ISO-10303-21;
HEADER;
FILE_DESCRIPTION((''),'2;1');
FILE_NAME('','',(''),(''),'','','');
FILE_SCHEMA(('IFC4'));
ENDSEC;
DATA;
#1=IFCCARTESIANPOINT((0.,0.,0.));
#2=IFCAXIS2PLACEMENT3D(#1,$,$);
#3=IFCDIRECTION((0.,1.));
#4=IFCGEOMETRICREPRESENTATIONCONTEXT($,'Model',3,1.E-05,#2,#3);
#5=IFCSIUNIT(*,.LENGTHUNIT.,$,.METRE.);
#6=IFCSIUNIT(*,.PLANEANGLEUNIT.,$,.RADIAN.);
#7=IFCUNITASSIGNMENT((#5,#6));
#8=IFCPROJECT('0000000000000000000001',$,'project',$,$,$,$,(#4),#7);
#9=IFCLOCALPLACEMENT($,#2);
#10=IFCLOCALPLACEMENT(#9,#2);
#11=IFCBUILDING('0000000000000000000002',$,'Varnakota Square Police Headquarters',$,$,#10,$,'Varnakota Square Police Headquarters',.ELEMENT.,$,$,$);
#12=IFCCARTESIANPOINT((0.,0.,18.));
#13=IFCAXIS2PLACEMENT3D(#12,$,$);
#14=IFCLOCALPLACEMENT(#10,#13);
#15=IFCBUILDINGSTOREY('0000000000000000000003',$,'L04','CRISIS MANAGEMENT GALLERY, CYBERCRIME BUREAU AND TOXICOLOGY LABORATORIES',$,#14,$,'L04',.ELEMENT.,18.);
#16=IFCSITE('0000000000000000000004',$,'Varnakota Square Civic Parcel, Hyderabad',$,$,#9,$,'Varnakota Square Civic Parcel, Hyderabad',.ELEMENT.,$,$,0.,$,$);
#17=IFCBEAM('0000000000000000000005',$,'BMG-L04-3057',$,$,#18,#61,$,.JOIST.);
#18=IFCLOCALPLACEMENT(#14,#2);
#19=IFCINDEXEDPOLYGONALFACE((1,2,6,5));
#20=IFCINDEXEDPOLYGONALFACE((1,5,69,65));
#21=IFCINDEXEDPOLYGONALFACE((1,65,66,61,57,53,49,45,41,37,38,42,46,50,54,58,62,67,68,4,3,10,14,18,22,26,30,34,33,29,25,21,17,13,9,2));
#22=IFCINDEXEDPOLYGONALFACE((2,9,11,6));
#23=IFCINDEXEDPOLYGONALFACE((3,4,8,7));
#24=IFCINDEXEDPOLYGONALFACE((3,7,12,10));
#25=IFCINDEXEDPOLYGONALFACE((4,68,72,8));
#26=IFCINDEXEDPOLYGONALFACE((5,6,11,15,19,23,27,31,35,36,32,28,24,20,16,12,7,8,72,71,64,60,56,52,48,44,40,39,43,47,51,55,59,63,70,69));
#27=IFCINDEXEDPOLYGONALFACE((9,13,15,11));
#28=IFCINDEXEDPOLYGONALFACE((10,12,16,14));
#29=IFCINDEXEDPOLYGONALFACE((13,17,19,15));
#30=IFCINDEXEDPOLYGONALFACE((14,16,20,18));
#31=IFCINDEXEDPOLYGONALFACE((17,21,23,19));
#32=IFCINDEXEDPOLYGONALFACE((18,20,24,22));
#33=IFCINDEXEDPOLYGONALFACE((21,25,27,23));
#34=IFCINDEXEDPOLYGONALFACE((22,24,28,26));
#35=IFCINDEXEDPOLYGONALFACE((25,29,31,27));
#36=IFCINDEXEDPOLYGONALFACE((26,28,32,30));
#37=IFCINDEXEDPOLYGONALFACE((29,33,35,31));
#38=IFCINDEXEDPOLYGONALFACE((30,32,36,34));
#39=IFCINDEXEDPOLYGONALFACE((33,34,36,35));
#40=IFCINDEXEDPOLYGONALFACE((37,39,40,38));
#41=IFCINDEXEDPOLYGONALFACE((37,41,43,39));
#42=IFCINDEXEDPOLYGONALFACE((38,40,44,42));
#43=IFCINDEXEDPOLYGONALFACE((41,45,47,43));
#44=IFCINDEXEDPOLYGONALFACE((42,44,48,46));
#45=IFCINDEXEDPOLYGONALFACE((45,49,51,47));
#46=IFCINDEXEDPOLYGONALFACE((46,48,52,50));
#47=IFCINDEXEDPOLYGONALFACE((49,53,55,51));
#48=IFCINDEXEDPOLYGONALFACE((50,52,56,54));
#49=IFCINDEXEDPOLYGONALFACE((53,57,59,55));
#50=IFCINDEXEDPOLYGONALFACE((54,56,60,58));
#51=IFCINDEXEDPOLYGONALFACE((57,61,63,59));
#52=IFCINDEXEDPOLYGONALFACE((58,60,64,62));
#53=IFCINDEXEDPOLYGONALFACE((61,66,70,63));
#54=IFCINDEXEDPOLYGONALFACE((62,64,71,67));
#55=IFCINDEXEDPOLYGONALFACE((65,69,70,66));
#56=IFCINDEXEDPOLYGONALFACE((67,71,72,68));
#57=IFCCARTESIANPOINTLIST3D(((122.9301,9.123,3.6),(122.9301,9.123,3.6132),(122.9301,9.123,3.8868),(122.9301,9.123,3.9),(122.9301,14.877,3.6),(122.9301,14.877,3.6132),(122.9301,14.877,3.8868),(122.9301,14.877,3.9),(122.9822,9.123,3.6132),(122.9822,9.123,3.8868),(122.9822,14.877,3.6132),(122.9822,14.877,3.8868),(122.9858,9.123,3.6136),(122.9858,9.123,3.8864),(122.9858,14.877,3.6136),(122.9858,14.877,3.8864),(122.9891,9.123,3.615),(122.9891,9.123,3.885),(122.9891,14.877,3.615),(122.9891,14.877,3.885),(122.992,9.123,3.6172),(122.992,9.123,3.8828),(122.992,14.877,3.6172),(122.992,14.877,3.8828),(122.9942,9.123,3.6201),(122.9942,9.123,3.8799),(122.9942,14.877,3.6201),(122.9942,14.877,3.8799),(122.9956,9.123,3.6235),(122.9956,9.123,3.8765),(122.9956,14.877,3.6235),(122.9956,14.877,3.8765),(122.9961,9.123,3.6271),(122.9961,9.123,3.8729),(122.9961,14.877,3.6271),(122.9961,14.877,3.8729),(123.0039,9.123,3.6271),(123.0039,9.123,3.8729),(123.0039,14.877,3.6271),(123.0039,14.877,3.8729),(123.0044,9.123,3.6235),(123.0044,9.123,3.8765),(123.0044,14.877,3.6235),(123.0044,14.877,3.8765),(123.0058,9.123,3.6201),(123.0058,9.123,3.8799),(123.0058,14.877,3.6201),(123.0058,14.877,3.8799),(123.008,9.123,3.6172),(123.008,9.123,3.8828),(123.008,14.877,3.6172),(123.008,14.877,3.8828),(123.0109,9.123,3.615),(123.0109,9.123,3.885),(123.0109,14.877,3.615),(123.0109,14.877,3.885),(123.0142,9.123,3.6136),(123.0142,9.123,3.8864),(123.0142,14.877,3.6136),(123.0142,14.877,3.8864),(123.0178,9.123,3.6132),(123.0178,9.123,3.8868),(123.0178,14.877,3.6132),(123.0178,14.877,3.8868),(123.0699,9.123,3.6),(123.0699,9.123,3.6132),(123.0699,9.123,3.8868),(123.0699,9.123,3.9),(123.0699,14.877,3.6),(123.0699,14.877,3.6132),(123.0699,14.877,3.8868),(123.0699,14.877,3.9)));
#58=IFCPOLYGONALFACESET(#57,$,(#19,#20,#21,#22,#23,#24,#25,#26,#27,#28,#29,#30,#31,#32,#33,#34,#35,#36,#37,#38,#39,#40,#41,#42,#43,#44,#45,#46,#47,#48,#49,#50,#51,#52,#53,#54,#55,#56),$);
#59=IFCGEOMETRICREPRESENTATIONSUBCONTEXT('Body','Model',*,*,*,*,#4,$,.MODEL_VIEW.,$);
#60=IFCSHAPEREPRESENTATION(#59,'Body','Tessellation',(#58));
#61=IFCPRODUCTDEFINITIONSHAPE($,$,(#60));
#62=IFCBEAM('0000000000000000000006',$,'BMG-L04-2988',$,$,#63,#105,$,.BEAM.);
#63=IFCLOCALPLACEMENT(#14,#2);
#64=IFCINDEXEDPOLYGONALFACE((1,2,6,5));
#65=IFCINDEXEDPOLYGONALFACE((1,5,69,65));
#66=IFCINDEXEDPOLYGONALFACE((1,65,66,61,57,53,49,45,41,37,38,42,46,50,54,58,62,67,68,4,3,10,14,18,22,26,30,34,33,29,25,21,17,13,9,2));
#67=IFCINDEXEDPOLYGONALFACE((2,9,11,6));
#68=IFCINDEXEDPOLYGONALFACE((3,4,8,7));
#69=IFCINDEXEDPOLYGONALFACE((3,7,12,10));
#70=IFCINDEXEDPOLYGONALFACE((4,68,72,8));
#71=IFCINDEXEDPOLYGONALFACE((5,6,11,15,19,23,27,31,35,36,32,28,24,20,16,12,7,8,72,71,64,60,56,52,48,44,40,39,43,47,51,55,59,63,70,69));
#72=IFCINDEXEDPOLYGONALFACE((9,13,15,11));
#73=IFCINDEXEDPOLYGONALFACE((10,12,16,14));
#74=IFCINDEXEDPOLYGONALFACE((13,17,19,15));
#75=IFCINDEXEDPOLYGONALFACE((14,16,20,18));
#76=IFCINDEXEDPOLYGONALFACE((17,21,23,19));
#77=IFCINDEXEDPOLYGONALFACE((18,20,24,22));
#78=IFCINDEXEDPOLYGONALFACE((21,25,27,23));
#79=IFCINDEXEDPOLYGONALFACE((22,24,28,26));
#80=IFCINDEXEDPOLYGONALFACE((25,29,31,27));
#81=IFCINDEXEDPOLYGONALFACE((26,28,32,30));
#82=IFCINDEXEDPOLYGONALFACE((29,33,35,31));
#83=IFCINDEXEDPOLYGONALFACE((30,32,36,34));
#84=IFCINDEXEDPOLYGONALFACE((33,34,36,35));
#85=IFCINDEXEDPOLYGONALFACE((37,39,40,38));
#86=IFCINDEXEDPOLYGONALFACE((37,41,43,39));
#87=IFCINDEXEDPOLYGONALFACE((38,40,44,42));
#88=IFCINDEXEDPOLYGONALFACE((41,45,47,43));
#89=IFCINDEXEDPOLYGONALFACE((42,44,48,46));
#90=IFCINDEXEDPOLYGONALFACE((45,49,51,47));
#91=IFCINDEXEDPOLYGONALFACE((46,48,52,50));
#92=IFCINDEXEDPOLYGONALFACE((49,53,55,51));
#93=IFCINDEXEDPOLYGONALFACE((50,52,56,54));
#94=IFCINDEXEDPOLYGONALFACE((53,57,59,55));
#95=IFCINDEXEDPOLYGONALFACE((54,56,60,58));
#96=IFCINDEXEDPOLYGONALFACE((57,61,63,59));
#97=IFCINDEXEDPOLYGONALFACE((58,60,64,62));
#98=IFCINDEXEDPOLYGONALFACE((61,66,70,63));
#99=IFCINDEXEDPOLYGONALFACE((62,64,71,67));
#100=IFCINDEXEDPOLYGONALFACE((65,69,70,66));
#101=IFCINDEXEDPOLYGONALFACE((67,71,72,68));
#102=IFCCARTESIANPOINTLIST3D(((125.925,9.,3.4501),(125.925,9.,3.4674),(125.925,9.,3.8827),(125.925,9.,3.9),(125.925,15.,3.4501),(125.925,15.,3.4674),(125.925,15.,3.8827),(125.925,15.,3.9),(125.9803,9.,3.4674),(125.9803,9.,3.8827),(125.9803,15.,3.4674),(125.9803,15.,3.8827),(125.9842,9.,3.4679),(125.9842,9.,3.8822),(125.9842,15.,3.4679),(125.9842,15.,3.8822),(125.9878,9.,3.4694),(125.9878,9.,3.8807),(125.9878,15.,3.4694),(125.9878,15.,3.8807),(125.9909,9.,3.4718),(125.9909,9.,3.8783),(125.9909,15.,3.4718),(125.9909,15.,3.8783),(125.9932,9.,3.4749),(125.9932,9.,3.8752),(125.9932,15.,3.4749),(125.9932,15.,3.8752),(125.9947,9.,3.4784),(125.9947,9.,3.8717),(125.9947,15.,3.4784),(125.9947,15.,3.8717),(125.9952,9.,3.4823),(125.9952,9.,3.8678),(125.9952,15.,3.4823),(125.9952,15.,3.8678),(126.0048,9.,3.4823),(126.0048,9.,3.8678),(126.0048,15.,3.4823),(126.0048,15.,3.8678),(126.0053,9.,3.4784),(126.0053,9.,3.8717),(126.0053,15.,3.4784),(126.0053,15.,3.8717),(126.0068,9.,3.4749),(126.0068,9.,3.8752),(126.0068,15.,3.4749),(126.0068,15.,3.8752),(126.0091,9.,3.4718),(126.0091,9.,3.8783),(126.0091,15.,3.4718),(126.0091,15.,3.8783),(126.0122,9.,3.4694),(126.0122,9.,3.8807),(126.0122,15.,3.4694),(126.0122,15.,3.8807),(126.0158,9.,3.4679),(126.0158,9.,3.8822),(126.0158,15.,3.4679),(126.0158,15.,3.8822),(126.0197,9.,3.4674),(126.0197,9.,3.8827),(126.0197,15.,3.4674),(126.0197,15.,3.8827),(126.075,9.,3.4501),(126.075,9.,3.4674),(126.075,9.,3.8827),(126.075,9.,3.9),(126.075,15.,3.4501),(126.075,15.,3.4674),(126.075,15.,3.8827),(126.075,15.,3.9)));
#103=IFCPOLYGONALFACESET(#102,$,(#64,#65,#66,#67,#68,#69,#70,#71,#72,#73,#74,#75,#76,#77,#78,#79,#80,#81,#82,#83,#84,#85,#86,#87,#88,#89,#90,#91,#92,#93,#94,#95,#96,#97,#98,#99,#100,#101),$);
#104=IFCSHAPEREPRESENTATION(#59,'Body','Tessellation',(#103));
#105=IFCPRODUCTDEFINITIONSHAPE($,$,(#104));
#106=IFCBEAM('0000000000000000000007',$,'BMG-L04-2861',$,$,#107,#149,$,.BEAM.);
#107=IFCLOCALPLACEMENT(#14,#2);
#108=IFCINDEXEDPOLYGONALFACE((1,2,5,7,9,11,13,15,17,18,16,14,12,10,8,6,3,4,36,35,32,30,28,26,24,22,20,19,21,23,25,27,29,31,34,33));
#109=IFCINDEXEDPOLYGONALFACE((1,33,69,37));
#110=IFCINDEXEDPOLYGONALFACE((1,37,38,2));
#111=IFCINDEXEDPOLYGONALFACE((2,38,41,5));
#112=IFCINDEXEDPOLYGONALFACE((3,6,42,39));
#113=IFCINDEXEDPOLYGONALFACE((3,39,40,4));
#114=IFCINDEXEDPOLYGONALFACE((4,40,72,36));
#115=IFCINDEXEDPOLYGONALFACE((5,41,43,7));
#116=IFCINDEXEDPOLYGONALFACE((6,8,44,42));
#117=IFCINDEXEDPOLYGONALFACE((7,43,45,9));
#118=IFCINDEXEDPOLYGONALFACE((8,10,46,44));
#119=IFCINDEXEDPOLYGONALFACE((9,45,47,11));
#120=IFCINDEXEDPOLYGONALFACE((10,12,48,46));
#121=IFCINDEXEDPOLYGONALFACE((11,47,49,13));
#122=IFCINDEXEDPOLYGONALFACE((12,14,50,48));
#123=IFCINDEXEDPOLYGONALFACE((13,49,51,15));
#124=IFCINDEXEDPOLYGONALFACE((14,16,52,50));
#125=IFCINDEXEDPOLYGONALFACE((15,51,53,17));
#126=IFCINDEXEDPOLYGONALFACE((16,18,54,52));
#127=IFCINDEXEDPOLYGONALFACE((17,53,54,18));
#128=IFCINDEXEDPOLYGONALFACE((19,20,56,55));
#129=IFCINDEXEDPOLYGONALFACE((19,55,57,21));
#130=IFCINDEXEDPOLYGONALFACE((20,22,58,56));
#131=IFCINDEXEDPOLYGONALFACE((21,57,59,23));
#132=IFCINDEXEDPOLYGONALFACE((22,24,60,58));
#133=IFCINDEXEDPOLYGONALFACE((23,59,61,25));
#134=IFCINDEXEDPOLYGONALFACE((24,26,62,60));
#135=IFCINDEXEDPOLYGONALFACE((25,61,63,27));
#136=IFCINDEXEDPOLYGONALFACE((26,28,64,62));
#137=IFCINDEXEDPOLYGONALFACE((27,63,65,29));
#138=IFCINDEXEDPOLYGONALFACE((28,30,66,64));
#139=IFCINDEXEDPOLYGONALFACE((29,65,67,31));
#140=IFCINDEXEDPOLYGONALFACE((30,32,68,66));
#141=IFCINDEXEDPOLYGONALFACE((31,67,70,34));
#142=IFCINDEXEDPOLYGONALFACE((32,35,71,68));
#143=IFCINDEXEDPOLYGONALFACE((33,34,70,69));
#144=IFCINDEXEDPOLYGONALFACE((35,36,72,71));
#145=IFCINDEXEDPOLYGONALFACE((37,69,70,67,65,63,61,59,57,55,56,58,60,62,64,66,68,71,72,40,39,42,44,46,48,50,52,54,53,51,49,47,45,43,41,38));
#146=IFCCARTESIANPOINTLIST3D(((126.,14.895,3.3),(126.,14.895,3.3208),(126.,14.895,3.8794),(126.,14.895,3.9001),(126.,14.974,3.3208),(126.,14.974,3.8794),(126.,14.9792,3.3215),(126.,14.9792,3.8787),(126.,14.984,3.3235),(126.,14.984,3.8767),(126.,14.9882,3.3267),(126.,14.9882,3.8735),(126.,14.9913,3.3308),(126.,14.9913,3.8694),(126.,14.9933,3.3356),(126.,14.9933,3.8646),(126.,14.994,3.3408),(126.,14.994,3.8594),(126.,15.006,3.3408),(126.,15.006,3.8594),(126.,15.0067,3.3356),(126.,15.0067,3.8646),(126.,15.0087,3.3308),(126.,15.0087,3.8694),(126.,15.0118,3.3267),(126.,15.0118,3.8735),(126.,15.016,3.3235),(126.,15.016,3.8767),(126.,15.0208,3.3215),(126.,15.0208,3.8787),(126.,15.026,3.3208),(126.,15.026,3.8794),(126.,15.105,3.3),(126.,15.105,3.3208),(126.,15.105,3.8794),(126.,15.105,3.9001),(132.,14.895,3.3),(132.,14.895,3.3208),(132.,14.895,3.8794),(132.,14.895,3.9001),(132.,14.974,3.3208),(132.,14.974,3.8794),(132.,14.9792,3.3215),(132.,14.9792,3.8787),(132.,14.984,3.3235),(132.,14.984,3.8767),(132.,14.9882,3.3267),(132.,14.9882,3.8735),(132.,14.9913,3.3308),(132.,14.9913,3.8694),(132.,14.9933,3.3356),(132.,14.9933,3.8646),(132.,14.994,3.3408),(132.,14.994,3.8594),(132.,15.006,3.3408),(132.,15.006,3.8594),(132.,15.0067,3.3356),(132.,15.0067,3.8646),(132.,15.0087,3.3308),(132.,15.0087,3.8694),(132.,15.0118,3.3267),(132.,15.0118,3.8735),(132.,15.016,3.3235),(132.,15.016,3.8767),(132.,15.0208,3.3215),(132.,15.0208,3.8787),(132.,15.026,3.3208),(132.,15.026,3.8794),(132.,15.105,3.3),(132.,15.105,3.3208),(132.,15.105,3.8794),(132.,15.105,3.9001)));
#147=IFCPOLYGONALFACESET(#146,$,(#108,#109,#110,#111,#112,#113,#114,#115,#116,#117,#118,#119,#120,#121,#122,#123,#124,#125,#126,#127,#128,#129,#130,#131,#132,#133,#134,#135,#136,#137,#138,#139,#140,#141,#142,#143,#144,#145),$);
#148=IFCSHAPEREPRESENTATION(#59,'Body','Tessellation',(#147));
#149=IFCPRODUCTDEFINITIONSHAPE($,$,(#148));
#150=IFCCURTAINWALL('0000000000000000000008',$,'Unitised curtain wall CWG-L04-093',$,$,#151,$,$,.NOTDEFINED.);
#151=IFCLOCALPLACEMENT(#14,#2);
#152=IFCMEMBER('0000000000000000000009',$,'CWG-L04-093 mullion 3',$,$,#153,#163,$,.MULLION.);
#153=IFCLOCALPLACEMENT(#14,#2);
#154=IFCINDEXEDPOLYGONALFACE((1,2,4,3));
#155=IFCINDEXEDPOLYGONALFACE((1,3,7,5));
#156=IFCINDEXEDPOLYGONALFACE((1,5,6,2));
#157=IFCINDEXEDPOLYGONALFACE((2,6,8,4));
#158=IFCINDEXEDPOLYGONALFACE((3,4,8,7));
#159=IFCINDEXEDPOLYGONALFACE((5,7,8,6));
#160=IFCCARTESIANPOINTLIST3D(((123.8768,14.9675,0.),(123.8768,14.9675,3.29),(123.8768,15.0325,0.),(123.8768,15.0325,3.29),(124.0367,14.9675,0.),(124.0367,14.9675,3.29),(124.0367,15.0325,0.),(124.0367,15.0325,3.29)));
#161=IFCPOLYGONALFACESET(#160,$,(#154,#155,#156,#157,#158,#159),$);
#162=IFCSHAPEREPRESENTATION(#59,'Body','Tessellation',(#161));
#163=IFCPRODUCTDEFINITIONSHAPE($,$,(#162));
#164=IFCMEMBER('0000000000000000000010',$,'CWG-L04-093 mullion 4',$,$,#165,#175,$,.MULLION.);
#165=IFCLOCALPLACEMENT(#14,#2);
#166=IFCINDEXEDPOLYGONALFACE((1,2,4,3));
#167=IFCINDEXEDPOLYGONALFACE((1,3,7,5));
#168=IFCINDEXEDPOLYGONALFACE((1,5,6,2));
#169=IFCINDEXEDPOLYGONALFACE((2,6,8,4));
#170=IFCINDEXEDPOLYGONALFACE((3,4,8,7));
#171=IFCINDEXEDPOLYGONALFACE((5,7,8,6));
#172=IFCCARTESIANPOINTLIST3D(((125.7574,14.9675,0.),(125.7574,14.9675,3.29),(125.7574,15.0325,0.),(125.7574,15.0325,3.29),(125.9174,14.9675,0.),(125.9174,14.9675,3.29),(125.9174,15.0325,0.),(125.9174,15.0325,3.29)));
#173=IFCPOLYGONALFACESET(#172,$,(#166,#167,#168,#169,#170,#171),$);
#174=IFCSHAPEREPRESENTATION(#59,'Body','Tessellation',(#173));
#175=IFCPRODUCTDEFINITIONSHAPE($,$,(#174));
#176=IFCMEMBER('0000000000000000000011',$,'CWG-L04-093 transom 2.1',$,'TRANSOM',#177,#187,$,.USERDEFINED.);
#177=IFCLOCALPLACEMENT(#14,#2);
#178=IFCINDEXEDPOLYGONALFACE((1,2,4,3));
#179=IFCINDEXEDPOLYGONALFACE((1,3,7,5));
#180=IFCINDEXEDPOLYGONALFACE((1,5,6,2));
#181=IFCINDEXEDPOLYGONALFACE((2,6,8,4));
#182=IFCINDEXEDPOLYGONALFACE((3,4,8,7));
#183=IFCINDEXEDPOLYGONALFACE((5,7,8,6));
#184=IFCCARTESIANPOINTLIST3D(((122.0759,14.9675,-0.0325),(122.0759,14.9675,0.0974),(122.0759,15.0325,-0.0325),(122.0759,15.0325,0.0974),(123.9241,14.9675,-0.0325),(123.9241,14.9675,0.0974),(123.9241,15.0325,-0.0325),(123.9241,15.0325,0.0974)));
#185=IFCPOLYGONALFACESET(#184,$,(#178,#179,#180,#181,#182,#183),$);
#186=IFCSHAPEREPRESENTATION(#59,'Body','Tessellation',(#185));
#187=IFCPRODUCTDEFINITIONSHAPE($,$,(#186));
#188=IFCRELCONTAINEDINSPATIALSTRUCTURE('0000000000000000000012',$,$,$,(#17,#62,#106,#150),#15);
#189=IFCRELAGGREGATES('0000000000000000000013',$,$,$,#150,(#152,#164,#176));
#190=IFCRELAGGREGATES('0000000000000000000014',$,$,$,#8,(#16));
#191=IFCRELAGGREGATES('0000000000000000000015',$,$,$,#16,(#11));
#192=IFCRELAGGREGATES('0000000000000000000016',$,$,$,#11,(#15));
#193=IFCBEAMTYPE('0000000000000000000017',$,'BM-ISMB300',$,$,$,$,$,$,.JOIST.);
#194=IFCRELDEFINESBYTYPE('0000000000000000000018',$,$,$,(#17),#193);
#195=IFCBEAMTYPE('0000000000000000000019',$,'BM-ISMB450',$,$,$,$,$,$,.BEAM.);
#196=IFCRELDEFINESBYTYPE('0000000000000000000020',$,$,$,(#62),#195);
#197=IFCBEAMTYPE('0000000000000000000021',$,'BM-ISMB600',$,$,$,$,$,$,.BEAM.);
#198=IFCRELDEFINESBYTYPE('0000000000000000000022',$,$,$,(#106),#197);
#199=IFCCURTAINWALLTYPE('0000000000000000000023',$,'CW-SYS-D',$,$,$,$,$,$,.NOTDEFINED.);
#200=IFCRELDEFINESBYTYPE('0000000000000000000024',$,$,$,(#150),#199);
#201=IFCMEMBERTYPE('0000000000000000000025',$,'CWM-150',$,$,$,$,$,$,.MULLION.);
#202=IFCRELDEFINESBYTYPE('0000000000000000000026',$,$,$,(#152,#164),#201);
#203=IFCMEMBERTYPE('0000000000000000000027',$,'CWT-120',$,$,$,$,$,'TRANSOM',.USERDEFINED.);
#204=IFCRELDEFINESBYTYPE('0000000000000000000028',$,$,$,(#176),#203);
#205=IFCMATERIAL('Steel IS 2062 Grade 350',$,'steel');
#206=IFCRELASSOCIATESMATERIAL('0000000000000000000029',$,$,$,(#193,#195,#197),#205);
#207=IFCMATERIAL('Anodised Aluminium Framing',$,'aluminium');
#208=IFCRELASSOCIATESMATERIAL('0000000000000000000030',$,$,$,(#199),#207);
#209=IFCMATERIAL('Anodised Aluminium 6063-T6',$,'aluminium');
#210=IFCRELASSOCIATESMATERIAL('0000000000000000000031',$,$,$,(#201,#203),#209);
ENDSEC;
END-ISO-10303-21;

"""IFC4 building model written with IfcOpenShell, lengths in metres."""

from ifc_helpers import new_model, si_unit, direction, frame, origin, origin_2d, place, context, subcontext, project, spatial, rectangle, i_section, extrude, material, material_profile, profile_set, type_object, element, aggregate, save


model = new_model("IFC4")

# Units and contexts
model_context = context("Model", 3, precision=1e-05, world=origin(), true_north=direction((0.0, 1.0)))
body_context = subcontext(model_context, "Body", "Model", "MODEL_VIEW")
ifc_project = project(units=[si_unit("LENGTHUNIT", "METRE"), si_unit("PLANEANGLEUNIT", "RADIAN")], contexts=[model_context])

# Site, building, storey
site_placement = place(None, origin())
site = spatial("IfcSite", under=ifc_project, at=site_placement, Name="Varnakota Square Civic Parcel, Hyderabad", LongName="Varnakota Square Civic Parcel, Hyderabad", CompositionType="ELEMENT", RefElevation=0.0)
building_placement = place(site_placement, origin())
building = spatial("IfcBuilding", under=site, at=building_placement, Name="Varnakota Square Police Headquarters", LongName="Varnakota Square Police Headquarters", CompositionType="ELEMENT")
storey_placement = place(building_placement, frame((0.0, 0.0, 18.0)))
storey = spatial("IfcBuildingStorey", under=building, at=storey_placement, Name="L04", Description="CRISIS MANAGEMENT GALLERY, CYBERCRIME BUREAU AND TOXICOLOGY LABORATORIES", LongName="L04", CompositionType="ELEMENT", Elevation=18.0)

# Shared definitions
ifc_material_1 = material(Name="Steel IS 2062 Grade 350", Category="steel")

# Beams
ifc_material_profile_1 = material_profile(ifc_material_1, i_section(OverallWidth=0.1399, OverallDepth=0.3, WebThickness=0.0078, FlangeThickness=0.0132, FilletRadius=0.0139, at=origin_2d()), Name="ISMB 300")
ifc_profile_set_1 = profile_set([ifc_material_profile_1], Name="Steel IS 2062 Grade 350")
beam_type_1 = type_object("IfcBeamType", Name="BM-ISMB300", PredefinedType="JOIST", material=ifc_profile_set_1)
beam_1_placement = place(storey_placement, frame((123.0, 9.123, 3.75), z_axis=(0.0, 1.0, 0.0), x_axis=(-1.0, 0.0, 0.0)))
element("IfcBeam", 1, at=beam_1_placement, inside=storey, type_object=beam_type_1, Name="BMG-L04-3057", PredefinedType="JOIST", context=body_context, shape_type="SweptSolid", body=[
    extrude(i_section(OverallWidth=0.1399, OverallDepth=0.3, WebThickness=0.0078, FlangeThickness=0.0132, FilletRadius=0.0139, at=origin_2d()), origin(), (0.0, 0.0, 1.0), 5.7539),
])
ifc_material_profile_2 = material_profile(ifc_material_1, i_section(OverallWidth=0.1499, OverallDepth=0.45, WebThickness=0.0095, FlangeThickness=0.0173, FilletRadius=0.0149, at=origin_2d()), Name="ISMB 450")
ifc_profile_set_2 = profile_set([ifc_material_profile_2], Name="Steel IS 2062 Grade 350")
beam_type_2 = type_object("IfcBeamType", Name="BM-ISMB450", PredefinedType="BEAM", material=ifc_profile_set_2)
beam_2_placement = place(storey_placement, frame((126.0, 9.0, 3.675), z_axis=(0.0, 1.0, 0.0), x_axis=(-1.0, 0.0, 0.0)))
element("IfcBeam", 2, at=beam_2_placement, inside=storey, type_object=beam_type_2, Name="BMG-L04-2988", PredefinedType="BEAM", context=body_context, shape_type="SweptSolid", body=[
    extrude(i_section(OverallWidth=0.1499, OverallDepth=0.45, WebThickness=0.0095, FlangeThickness=0.0173, FilletRadius=0.0149, at=origin_2d()), origin(), (0.0, 0.0, 1.0), 6.0),
])
ifc_material_profile_3 = material_profile(ifc_material_1, i_section(OverallWidth=0.21, OverallDepth=0.6001, WebThickness=0.012, FlangeThickness=0.0208, FilletRadius=0.02, at=origin_2d()), Name="ISMB 600")
ifc_profile_set_3 = profile_set([ifc_material_profile_3], Name="Steel IS 2062 Grade 350")
beam_type_3 = type_object("IfcBeamType", Name="BM-ISMB600", PredefinedType="BEAM", material=ifc_profile_set_3)
beam_3_placement = place(storey_placement, frame((126.0, 15.0, 3.6001), z_axis=(1.0, 0.0, 0.0), x_axis=(0.0, 1.0, 0.0)))
element("IfcBeam", 3, at=beam_3_placement, inside=storey, type_object=beam_type_3, Name="BMG-L04-2861", PredefinedType="BEAM", context=body_context, shape_type="SweptSolid", body=[
    extrude(i_section(OverallWidth=0.21, OverallDepth=0.6001, WebThickness=0.012, FlangeThickness=0.0208, FilletRadius=0.02, at=origin_2d()), origin(), (0.0, 0.0, 1.0), 6.0),
])

# Curtain wall, members
ifc_material_2 = material(Name="Anodised Aluminium Framing", Category="aluminium")
curtain_wall_type = type_object("IfcCurtainWallType", Name="CW-SYS-D", PredefinedType="NOTDEFINED", material=ifc_material_2)
curtain_wall_placement = place(storey_placement, origin())
curtain_wall = element("IfcCurtainWall", 4, at=curtain_wall_placement, inside=storey, type_object=curtain_wall_type, Name="Unitised curtain wall CWG-L04-093", PredefinedType="NOTDEFINED")
ifc_material_3 = material(Name="Anodised Aluminium 6063-T6", Category="aluminium")
ifc_material_profile_4 = material_profile(ifc_material_3, rectangle(XDim=0.0649, YDim=0.1599, at=origin_2d()), Name="ALU MULLION 65x160")
ifc_profile_set_4 = profile_set([ifc_material_profile_4], Name="Anodised Aluminium 6063-T6")
member_type_1 = type_object("IfcMemberType", Name="CWM-150", PredefinedType="MULLION", material=ifc_profile_set_4)
member_1_placement = place(storey_placement, frame((123.9568, 15.0, 0.0), z_axis=(0.0, 0.0, 1.0), x_axis=(0.0, 1.0, 0.0)))
member_1 = element("IfcMember", 5, at=member_1_placement, type_object=member_type_1, Name="CWG-L04-093 mullion 3", PredefinedType="MULLION", context=body_context, shape_type="SweptSolid", body=[
    extrude(rectangle(XDim=0.0649, YDim=0.1599, at=origin_2d()), origin(), (0.0, 0.0, 1.0), 3.29),
])
member_2_placement = place(storey_placement, frame((125.8374, 15.0, 0.0), z_axis=(0.0, 0.0, 1.0), x_axis=(0.0, 1.0, 0.0)))
member_2 = element("IfcMember", 6, at=member_2_placement, type_object=member_type_1, Name="CWG-L04-093 mullion 4", PredefinedType="MULLION", context=body_context, shape_type="SweptSolid", body=[
    extrude(rectangle(XDim=0.0649, YDim=0.1599, at=origin_2d()), origin(), (0.0, 0.0, 1.0), 3.29),
])
ifc_material_profile_5 = material_profile(ifc_material_3, rectangle(XDim=0.0649, YDim=0.1299, at=origin_2d()), Name="ALU TRANSOM 65x130")
ifc_profile_set_5 = profile_set([ifc_material_profile_5], Name="Anodised Aluminium 6063-T6")
member_type_2 = type_object("IfcMemberType", Name="CWT-120", ElementType="TRANSOM", PredefinedType="USERDEFINED", material=ifc_profile_set_5)
member_3_placement = place(storey_placement, frame((122.0759, 15.0, 0.0325), z_axis=(1.0, 0.0, 0.0), x_axis=(0.0, 1.0, 0.0)))
member_3 = element("IfcMember", 7, at=member_3_placement, type_object=member_type_2, Name="CWG-L04-093 transom 2.1", ObjectType="TRANSOM", PredefinedType="USERDEFINED", context=body_context, shape_type="SweptSolid", body=[
    extrude(rectangle(XDim=0.0649, YDim=0.1299, at=origin_2d()), origin(), (0.0, 0.0, 1.0), 1.8481),
])

aggregate(curtain_wall, [member_1, member_2, member_3])

save(model, "model.ifc")
